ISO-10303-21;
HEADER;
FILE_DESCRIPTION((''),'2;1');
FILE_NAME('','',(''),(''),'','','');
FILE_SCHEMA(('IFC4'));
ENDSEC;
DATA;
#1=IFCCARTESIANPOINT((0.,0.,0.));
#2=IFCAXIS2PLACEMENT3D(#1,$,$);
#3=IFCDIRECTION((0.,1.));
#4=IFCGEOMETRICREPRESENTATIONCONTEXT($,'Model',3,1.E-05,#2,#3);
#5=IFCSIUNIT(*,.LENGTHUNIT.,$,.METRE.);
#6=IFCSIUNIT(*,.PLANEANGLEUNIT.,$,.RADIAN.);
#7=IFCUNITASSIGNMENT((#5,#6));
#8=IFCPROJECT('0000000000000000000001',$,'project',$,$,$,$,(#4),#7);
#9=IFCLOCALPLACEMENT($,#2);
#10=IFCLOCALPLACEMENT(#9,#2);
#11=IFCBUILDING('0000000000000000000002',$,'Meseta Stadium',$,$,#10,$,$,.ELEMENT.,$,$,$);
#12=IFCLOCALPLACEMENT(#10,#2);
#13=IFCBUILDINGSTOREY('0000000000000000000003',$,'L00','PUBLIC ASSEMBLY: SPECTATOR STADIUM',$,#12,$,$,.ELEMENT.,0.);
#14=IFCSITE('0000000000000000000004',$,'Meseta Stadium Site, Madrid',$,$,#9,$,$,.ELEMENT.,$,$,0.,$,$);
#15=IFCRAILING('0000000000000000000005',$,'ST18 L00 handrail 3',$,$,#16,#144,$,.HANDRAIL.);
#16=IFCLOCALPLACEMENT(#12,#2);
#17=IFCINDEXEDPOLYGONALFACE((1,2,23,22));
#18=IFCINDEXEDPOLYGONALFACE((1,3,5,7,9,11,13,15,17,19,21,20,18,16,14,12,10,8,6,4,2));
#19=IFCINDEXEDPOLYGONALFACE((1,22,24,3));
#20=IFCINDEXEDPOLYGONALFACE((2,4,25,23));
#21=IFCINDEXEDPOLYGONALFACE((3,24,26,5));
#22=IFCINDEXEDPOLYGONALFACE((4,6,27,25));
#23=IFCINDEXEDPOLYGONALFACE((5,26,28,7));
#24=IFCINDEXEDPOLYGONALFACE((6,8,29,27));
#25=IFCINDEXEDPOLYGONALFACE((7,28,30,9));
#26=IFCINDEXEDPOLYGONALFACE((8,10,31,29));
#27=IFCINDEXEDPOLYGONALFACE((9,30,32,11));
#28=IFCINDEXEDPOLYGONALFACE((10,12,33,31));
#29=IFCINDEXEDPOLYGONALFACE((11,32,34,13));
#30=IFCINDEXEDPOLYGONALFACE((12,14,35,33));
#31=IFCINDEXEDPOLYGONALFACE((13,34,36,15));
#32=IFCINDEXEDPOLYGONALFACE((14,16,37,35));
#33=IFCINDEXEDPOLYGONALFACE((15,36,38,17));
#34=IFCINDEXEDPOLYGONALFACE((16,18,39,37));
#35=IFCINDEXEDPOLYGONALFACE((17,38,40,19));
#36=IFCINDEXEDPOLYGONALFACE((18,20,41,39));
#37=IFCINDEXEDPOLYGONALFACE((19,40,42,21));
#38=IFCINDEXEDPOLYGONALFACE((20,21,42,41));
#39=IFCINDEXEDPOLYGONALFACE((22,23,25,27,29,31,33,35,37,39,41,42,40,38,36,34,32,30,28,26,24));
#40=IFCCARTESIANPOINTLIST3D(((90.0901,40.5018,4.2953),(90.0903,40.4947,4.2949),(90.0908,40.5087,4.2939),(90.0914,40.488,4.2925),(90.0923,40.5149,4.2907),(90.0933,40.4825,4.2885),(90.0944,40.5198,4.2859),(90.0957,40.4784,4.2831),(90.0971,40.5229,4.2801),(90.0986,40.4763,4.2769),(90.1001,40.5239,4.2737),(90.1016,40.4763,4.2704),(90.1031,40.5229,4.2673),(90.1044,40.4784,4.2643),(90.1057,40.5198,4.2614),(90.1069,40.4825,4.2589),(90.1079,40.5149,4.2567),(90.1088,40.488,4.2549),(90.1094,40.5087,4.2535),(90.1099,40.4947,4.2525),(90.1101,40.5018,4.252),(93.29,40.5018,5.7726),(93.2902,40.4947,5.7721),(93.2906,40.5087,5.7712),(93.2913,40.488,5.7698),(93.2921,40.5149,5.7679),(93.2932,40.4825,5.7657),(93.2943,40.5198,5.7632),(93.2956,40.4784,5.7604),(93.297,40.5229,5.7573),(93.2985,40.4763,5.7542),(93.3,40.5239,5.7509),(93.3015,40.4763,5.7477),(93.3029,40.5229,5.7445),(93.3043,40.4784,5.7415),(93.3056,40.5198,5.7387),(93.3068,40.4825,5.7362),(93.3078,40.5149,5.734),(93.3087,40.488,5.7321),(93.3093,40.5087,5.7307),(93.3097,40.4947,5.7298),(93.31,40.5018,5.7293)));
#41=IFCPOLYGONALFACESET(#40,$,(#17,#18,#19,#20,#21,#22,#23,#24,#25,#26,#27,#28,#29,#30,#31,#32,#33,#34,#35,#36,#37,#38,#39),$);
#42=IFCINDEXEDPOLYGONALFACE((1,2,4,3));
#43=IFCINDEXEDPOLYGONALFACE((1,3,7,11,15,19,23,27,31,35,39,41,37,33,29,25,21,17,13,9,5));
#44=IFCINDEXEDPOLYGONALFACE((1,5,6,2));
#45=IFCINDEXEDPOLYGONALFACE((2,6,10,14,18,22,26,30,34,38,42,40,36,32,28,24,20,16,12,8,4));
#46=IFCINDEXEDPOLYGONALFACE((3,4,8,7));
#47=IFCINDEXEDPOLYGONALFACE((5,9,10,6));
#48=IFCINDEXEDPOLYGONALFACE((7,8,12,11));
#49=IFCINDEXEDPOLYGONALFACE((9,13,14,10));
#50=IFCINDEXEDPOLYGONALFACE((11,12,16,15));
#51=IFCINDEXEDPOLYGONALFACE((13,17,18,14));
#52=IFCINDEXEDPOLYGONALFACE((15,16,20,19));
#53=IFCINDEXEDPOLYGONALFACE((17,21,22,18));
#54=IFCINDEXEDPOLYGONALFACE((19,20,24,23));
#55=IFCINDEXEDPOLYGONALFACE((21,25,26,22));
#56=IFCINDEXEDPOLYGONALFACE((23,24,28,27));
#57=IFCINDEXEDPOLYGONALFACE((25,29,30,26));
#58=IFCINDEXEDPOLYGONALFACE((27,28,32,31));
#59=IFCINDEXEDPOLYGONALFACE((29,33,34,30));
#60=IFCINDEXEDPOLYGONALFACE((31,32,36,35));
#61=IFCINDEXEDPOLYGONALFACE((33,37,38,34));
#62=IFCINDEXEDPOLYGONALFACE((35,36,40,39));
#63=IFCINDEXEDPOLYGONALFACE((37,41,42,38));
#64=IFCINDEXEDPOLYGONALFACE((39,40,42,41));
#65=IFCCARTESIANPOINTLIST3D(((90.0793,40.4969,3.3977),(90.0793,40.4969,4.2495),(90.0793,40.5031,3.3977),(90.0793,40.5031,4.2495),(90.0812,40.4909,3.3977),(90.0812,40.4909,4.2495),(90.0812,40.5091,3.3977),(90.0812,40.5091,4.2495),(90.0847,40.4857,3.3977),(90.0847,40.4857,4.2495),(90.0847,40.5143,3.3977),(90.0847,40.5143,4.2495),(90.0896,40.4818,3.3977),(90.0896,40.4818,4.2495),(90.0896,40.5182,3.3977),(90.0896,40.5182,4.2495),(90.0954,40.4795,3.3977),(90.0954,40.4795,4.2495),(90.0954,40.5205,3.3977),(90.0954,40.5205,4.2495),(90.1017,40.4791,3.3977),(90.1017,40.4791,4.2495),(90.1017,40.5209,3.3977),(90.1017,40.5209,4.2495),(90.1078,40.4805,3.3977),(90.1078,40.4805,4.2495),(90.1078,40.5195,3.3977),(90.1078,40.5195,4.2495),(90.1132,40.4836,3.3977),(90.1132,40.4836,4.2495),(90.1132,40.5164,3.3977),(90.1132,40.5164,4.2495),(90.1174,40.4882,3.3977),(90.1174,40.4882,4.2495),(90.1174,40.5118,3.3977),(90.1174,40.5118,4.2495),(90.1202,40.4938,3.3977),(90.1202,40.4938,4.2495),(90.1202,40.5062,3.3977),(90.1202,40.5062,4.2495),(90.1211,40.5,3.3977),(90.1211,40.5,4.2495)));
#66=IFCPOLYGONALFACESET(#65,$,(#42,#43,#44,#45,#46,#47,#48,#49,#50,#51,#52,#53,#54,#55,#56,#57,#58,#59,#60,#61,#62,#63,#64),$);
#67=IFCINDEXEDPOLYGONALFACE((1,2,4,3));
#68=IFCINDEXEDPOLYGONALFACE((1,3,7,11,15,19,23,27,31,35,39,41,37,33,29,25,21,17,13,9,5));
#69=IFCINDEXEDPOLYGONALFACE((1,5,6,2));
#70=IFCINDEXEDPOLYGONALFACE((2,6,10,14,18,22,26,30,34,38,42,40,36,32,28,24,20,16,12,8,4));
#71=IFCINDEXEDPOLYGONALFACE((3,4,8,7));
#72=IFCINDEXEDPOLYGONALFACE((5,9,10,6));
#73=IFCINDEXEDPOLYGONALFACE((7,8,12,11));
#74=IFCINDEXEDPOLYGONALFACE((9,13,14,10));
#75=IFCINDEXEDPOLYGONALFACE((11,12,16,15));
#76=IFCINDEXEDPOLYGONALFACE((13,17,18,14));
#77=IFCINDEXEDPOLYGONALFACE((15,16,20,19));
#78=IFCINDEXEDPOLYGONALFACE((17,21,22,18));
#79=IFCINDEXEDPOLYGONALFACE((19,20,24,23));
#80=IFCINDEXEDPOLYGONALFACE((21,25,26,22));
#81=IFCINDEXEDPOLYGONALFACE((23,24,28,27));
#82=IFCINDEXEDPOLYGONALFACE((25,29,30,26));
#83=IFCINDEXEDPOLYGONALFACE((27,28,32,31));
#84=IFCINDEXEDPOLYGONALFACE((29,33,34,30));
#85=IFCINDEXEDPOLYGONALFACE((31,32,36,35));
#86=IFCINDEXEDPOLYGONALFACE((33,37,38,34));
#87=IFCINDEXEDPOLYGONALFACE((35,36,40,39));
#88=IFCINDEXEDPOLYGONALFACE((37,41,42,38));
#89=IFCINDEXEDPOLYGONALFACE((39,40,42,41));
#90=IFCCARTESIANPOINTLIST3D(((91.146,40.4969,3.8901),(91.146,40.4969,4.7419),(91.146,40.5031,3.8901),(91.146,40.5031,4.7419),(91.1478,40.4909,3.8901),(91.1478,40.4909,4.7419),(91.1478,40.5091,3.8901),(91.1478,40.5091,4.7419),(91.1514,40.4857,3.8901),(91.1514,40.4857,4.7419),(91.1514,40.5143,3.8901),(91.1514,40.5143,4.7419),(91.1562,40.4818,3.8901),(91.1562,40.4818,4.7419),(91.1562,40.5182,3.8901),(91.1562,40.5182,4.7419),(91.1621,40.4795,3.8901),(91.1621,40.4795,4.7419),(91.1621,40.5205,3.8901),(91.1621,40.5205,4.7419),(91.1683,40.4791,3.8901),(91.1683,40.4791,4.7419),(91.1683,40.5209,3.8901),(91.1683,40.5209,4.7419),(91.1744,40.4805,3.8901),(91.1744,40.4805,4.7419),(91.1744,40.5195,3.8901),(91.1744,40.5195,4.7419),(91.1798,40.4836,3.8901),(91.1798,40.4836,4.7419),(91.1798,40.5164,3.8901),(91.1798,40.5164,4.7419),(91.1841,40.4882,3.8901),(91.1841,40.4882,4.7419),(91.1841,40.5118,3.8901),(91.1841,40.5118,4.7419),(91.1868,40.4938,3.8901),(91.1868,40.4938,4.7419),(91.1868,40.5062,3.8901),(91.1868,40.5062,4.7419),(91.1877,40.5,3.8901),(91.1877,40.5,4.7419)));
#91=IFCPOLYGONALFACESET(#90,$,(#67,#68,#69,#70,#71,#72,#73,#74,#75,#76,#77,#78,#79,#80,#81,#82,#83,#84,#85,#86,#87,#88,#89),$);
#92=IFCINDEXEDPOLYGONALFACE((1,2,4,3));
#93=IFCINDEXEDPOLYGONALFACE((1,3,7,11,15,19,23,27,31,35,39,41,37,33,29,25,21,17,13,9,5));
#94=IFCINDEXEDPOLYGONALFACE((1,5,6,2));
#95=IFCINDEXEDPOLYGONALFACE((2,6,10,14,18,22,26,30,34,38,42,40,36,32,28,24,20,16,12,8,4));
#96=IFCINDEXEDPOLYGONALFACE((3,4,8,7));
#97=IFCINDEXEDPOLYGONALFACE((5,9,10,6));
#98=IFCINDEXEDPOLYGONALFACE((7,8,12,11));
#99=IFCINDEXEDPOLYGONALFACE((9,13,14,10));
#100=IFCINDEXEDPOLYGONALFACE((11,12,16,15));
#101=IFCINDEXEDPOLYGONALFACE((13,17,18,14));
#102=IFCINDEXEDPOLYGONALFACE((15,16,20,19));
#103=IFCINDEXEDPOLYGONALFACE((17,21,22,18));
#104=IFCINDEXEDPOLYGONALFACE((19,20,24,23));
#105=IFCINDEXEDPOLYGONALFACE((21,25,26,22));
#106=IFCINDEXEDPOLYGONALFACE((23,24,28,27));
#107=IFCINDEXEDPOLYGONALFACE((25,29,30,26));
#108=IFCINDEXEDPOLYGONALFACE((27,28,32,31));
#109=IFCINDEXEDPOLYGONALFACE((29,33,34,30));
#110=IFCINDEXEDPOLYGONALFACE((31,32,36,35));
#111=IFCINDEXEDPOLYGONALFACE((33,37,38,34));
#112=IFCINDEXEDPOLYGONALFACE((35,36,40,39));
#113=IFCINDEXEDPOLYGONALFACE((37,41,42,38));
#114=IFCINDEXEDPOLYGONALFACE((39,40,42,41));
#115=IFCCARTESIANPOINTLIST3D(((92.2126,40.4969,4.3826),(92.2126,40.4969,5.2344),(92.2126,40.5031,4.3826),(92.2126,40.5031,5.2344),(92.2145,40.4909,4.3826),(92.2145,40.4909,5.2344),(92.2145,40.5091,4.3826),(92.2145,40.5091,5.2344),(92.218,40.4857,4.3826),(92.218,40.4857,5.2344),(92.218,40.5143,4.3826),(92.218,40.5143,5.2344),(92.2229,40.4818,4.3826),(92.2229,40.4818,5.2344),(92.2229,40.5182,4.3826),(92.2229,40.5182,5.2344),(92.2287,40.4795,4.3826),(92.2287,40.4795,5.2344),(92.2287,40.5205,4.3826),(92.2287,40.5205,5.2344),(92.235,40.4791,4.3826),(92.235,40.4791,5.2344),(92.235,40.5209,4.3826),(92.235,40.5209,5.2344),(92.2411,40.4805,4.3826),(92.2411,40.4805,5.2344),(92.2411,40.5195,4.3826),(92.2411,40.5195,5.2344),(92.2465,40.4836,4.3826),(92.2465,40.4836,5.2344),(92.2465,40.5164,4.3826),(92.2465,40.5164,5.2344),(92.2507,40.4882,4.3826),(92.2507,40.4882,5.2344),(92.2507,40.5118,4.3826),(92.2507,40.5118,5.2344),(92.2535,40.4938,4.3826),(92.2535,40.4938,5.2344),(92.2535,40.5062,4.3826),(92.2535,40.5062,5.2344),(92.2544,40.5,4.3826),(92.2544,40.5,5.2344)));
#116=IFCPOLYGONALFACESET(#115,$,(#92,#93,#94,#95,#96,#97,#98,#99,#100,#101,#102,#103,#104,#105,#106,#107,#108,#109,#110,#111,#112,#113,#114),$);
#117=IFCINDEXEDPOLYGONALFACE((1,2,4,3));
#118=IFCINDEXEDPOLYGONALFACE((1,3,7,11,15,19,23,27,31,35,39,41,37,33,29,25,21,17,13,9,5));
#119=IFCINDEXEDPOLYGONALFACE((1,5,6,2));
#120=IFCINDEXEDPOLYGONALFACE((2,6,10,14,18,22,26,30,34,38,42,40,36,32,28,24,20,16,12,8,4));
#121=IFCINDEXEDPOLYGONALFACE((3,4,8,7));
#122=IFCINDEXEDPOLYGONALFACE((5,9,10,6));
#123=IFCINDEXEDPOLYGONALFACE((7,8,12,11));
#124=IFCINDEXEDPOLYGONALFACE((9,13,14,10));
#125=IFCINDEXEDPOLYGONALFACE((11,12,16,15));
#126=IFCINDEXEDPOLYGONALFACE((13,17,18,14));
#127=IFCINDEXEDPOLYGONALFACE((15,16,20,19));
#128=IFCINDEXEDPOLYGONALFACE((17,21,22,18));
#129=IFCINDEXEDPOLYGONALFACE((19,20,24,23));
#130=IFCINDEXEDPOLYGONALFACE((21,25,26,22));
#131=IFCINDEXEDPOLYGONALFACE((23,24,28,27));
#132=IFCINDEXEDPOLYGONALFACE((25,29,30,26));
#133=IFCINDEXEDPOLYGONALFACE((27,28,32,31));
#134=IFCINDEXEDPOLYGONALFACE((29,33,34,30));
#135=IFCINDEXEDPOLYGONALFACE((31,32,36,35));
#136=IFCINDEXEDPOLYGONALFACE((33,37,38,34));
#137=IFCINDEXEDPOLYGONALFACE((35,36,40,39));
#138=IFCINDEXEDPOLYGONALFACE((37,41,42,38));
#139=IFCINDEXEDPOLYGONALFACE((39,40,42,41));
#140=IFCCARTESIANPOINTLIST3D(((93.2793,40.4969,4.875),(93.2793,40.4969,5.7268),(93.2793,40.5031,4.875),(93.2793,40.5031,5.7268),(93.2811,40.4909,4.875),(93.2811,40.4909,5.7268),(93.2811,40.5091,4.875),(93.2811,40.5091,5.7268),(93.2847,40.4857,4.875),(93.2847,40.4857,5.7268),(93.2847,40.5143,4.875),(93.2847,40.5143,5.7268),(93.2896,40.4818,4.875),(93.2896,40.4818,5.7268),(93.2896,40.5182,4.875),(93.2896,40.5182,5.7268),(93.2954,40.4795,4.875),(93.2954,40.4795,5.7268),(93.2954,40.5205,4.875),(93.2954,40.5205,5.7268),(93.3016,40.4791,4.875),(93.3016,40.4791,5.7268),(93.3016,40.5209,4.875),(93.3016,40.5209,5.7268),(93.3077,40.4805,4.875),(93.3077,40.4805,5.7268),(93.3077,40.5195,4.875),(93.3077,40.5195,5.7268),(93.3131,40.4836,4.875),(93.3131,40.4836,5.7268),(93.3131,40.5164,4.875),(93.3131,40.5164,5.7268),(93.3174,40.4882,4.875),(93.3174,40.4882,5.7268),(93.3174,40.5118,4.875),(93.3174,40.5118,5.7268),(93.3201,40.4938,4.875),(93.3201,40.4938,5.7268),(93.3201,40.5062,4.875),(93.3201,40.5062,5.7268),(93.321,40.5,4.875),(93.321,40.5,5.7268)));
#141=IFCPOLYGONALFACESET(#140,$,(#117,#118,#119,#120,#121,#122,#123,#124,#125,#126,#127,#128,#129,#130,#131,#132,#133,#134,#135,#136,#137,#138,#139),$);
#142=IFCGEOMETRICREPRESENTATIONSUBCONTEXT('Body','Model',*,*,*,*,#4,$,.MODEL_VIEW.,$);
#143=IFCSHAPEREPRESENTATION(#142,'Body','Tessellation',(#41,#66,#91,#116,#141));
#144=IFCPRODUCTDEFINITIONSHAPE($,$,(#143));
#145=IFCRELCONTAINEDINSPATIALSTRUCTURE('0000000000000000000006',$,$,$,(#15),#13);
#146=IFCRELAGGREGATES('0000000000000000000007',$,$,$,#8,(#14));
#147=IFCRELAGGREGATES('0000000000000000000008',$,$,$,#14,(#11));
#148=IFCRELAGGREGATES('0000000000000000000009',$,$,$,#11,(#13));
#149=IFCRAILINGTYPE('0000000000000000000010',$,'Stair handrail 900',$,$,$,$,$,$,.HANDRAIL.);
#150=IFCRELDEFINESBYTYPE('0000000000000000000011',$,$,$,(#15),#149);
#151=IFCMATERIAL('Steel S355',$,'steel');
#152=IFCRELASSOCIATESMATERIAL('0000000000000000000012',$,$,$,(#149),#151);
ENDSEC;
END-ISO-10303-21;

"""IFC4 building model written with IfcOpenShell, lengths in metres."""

from ifc_helpers import new_model, si_unit, direction, frame, origin, origin_2d, place, context, subcontext, project, spatial, circle, extrude, material, type_object, element, save


model = new_model("IFC4")

# Units and contexts
model_context = context("Model", 3, precision=1e-05, world=origin(), true_north=direction((0.0, 1.0)))
body_context = subcontext(model_context, "Body", "Model", "MODEL_VIEW")
ifc_project = project(units=[si_unit("LENGTHUNIT", "METRE"), si_unit("PLANEANGLEUNIT", "RADIAN")], contexts=[model_context])

# Site, building, storey
site_placement = place(None, origin())
site = spatial("IfcSite", under=ifc_project, at=site_placement, Name="Meseta Stadium Site, Madrid", CompositionType="ELEMENT", RefElevation=0.0)
building_placement = place(site_placement, origin())
building = spatial("IfcBuilding", under=site, at=building_placement, Name="Meseta Stadium", CompositionType="ELEMENT")
storey_placement = place(building_placement, origin())
storey = spatial("IfcBuildingStorey", under=building, at=storey_placement, Name="L00", Description="PUBLIC ASSEMBLY: SPECTATOR STADIUM", CompositionType="ELEMENT", Elevation=0.0)

# Railing
ifc_material_1 = material(Name="Steel S355", Category="steel")
railing_type_1 = type_object("IfcRailingType", Name="Stair handrail 900", PredefinedType="HANDRAIL", material=ifc_material_1)
for number, where, name in (
    (1, (90.1001, 40.5, 3.3977), "ST18 L00 handrail 3"),
):
    element("IfcRailing", number, at=place(storey_placement, frame(where)), inside=storey, type_object=railing_type_1, Name=name, PredefinedType="HANDRAIL", context=body_context, shape_type="SweptSolid", body=[
        extrude(circle(Radius=0.0239, at=origin_2d()), frame((0.0, 0.0, 0.876), z_axis=(0.907917, 0.0, 0.41915), x_axis=(0.0, 1.0, 0.0)), (0.0, 0.0, 1.0), 3.5244),
        extrude(circle(Radius=0.021, at=origin_2d()), origin(), (0.0, 0.0, 1.0), 0.8518),
        extrude(circle(Radius=0.021, at=origin_2d()), frame((1.0667, 0.0, 0.4924)), (0.0, 0.0, 1.0), 0.8518),
        extrude(circle(Radius=0.021, at=origin_2d()), frame((2.1333, 0.0, 0.9849)), (0.0, 0.0, 1.0), 0.8518),
        extrude(circle(Radius=0.021, at=origin_2d()), frame((3.2, 0.0, 1.4773)), (0.0, 0.0, 1.0), 0.8518),
    ])

save(model, "model.ifc")
